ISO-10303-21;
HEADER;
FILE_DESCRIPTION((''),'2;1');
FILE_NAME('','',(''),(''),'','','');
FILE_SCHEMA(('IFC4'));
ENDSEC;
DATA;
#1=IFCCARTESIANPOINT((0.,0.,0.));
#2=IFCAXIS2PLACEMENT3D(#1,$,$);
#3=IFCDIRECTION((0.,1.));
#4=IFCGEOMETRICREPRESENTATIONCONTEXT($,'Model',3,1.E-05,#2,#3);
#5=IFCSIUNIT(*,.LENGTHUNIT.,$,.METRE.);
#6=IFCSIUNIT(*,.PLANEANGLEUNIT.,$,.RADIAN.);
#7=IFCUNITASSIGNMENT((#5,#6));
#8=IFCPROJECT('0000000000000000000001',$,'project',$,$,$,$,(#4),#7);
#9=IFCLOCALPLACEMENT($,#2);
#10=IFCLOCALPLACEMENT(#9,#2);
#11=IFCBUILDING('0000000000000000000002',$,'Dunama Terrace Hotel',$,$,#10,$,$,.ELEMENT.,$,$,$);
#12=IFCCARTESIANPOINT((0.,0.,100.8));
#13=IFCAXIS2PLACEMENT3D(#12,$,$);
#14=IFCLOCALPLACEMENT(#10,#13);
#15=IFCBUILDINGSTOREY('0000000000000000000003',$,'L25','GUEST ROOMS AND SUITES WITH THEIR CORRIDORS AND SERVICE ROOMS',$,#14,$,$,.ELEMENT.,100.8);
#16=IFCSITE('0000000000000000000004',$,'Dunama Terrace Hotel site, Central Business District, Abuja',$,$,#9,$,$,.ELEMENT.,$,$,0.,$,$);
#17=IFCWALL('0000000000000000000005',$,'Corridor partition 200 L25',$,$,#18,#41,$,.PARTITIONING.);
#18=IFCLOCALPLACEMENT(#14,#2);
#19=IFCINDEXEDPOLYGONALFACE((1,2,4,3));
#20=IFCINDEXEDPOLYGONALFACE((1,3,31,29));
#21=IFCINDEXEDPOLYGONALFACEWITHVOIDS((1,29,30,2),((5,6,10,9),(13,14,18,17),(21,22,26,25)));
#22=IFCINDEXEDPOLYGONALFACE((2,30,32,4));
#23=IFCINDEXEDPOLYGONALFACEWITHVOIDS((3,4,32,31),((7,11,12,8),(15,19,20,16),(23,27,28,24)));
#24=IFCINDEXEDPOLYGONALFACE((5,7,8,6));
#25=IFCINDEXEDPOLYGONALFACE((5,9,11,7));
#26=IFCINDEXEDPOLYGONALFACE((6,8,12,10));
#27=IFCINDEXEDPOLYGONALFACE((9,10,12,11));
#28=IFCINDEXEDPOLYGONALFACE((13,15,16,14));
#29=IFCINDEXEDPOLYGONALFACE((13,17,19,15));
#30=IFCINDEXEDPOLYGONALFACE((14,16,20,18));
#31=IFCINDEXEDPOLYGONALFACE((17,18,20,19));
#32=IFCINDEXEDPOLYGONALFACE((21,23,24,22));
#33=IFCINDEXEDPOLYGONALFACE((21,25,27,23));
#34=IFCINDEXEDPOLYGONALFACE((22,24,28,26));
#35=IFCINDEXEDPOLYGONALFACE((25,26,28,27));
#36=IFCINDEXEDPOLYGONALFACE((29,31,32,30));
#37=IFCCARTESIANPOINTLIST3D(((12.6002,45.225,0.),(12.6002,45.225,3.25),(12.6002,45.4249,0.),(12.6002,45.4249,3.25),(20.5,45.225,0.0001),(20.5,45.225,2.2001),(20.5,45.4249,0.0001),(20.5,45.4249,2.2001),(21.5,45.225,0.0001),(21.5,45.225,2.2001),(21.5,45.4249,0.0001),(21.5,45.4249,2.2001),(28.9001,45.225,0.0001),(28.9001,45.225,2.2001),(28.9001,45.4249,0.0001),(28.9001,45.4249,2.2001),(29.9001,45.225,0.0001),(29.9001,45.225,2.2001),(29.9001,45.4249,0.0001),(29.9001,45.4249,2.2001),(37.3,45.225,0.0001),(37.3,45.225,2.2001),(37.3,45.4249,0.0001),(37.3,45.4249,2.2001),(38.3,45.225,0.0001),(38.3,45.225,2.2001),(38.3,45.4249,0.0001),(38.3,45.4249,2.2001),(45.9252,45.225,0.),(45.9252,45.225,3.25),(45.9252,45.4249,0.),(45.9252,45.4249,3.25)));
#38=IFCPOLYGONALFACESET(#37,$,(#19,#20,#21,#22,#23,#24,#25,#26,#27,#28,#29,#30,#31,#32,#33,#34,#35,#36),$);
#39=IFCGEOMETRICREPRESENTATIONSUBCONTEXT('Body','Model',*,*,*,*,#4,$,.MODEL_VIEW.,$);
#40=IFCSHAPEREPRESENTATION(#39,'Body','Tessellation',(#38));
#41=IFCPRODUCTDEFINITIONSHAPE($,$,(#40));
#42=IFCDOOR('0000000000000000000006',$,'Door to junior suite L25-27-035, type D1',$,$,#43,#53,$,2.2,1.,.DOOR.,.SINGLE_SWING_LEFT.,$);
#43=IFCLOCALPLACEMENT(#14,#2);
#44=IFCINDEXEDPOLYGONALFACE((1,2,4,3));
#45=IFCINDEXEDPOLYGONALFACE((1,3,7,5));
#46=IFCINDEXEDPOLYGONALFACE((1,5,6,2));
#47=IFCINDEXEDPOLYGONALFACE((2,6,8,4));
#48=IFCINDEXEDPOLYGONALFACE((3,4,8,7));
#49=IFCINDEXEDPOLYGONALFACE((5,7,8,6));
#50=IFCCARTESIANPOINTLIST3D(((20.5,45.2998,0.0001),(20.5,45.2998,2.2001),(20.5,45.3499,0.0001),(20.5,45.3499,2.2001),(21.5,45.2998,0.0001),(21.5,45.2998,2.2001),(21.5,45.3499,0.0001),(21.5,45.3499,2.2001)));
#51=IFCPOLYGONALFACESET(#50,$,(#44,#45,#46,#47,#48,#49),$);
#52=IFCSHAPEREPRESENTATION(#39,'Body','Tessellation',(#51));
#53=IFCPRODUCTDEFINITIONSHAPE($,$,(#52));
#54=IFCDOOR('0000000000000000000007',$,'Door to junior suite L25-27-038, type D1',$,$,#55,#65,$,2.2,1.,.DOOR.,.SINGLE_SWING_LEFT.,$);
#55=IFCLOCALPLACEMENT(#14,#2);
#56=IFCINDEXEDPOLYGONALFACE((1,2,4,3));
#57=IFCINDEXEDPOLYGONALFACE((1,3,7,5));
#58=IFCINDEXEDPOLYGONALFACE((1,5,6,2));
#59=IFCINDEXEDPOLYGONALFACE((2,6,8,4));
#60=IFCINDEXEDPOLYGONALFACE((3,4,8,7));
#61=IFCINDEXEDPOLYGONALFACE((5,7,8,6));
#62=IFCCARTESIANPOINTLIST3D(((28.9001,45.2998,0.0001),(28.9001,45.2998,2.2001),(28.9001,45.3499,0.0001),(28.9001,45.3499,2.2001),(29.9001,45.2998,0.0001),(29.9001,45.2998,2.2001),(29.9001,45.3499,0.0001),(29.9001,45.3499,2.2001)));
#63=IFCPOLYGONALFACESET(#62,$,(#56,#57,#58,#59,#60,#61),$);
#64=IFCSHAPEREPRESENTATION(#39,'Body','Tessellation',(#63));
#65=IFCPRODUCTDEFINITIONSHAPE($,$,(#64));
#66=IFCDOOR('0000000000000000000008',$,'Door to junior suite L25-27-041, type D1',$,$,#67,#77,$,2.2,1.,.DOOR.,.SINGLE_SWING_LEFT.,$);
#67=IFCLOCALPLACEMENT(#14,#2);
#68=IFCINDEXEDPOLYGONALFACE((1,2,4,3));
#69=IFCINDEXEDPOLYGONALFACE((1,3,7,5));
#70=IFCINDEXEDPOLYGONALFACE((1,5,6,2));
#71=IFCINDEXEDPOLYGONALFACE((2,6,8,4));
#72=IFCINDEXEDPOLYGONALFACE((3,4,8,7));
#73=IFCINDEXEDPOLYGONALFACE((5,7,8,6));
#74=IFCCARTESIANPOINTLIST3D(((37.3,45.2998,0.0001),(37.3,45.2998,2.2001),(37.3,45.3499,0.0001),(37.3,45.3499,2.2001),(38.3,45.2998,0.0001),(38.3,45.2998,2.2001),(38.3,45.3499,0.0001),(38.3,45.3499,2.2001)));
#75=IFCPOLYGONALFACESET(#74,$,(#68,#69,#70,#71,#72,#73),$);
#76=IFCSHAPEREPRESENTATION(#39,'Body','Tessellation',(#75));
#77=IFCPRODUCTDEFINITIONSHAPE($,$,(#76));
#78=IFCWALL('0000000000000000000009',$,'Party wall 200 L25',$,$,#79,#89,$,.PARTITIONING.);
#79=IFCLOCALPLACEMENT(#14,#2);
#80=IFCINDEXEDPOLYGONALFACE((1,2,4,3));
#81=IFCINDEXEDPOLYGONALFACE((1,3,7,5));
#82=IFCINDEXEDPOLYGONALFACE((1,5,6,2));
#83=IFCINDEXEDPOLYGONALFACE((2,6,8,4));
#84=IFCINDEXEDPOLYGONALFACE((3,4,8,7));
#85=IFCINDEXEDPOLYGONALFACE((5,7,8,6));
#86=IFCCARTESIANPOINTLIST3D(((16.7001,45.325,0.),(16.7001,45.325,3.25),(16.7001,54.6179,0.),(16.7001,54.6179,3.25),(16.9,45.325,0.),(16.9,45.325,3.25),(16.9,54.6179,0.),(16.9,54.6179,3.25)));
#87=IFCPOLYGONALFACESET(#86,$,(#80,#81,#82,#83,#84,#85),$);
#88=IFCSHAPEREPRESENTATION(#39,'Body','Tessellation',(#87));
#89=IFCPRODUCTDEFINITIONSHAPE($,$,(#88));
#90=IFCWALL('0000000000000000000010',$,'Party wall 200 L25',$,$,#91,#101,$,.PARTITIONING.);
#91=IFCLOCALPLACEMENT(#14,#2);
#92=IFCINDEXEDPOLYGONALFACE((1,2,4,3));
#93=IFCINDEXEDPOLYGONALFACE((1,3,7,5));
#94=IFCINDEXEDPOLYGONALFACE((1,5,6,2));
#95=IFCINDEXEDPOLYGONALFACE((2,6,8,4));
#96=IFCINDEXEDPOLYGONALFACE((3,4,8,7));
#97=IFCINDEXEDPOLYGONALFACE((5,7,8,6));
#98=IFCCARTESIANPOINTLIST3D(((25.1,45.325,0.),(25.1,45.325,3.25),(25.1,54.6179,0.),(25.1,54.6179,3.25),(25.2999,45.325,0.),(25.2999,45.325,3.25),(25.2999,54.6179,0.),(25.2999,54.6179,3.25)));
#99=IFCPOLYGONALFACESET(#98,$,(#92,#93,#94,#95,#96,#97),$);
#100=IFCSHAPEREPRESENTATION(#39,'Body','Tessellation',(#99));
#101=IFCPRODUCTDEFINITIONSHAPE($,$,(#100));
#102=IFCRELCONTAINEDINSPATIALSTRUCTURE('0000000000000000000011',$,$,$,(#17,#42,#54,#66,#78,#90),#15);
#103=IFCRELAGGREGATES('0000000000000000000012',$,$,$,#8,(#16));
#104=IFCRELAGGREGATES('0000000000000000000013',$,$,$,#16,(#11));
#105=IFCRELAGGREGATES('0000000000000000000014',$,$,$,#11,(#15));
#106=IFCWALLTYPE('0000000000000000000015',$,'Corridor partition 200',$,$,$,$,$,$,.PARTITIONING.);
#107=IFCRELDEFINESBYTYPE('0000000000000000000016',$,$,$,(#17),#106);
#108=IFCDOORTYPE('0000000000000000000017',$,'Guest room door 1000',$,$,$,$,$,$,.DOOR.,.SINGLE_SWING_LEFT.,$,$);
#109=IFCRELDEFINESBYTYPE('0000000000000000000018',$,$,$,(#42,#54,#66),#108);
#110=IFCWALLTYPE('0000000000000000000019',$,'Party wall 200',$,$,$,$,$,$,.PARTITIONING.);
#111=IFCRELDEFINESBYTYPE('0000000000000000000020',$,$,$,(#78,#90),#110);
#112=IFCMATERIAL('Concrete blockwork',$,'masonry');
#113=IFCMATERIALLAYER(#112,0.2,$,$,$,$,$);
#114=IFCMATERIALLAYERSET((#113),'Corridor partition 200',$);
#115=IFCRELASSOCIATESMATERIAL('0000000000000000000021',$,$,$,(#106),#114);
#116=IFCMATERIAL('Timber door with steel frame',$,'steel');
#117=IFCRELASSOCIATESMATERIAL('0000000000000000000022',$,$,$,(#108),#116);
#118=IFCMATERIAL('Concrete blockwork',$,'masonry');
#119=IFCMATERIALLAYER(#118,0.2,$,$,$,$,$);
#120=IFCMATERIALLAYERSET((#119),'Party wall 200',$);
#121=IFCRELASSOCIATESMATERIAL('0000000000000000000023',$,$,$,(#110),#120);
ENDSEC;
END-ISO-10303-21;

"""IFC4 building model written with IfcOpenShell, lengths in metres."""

from ifc_helpers import new_model, si_unit, direction, frame, frame_2d, origin, place, context, subcontext, project, spatial, rectangle, extrude, material, layer, layer_set, type_object, element, fill, save


model = new_model("IFC4")

# Units and contexts
model_context = context("Model", 3, precision=1e-05, world=origin(), true_north=direction((0.0, 1.0)))
body_context = subcontext(model_context, "Body", "Model", "MODEL_VIEW")
ifc_project = project(units=[si_unit("LENGTHUNIT", "METRE"), si_unit("PLANEANGLEUNIT", "RADIAN")], contexts=[model_context])

# Site, building, storey
site_placement = place(None, origin())
site = spatial("IfcSite", under=ifc_project, at=site_placement, Name="Dunama Terrace Hotel site, Central Business District, Abuja", CompositionType="ELEMENT", RefElevation=0.0)
building_placement = place(site_placement, origin())
building = spatial("IfcBuilding", under=site, at=building_placement, Name="Dunama Terrace Hotel", CompositionType="ELEMENT")
storey_placement = place(building_placement, frame((0.0, 0.0, 100.8)))
storey = spatial("IfcBuildingStorey", under=building, at=storey_placement, Name="L25", Description="GUEST ROOMS AND SUITES WITH THEIR CORRIDORS AND SERVICE ROOMS", CompositionType="ELEMENT", Elevation=100.8)

# Wall, openings, doors
ifc_material_1 = material(Name="Concrete blockwork", Category="masonry")
ifc_layer_1 = layer(ifc_material_1, 0.2)
ifc_layer_set_1 = layer_set([ifc_layer_1], Name="Corridor partition 200")
wall_type_1 = type_object("IfcWallType", Name="Corridor partition 200", PredefinedType="PARTITIONING", material=ifc_layer_set_1)
wall_1_placement = place(storey_placement, frame((12.6001, 45.325, 0.0), z_axis=(0.0, 0.0, 1.0), x_axis=(1.0, 0.0, 0.0)))
wall_1 = element("IfcWall", 1, at=wall_1_placement, inside=storey, type_object=wall_type_1, Name="Corridor partition 200 L25", PredefinedType="PARTITIONING", context=body_context, shape_type="SweptSolid", body=[
    extrude(rectangle(XDim=33.325, YDim=0.2, at=frame_2d((16.6626, 0.0))), origin(), (0.0, 0.0, 1.0), 3.25),
])
opening_1_placement = place(wall_1_placement, frame((7.8999, 0.0, 0.0)))
opening_1 = element("IfcOpeningElement", 2, at=opening_1_placement, cuts=wall_1, PredefinedType="OPENING", context=body_context, shape_type="SweptSolid", body=[
    extrude(rectangle(XDim=1.0, YDim=2.2, at=frame_2d((0.5, 1.1001))), frame((0.0, 0.1099, 0.0), z_axis=(0.0, -1.0, 0.0), x_axis=(1.0, 0.0, 0.0)), (0.0, 0.0, 1.0), 0.22),
])
opening_2_placement = place(wall_1_placement, frame((16.3, 0.0, 0.0)))
opening_2 = element("IfcOpeningElement", 3, at=opening_2_placement, cuts=wall_1, PredefinedType="OPENING", context=body_context, shape_type="SweptSolid", body=[
    extrude(rectangle(XDim=1.0, YDim=2.2, at=frame_2d((0.5, 1.1001))), frame((0.0, 0.1099, 0.0), z_axis=(0.0, -1.0, 0.0), x_axis=(1.0, 0.0, 0.0)), (0.0, 0.0, 1.0), 0.22),
])
opening_3_placement = place(wall_1_placement, frame((24.7, 0.0, 0.0)))
opening_3 = element("IfcOpeningElement", 4, at=opening_3_placement, cuts=wall_1, PredefinedType="OPENING", context=body_context, shape_type="SweptSolid", body=[
    extrude(rectangle(XDim=1.0, YDim=2.2, at=frame_2d((0.5, 1.1001))), frame((0.0, 0.1099, 0.0), z_axis=(0.0, -1.0, 0.0), x_axis=(1.0, 0.0, 0.0)), (0.0, 0.0, 1.0), 0.22),
])
ifc_material_2 = material(Name="Timber door with steel frame", Category="steel")
door_type_1 = type_object("IfcDoorType", Name="Guest room door 1000", OperationType="SINGLE_SWING_LEFT", PredefinedType="DOOR", material=ifc_material_2)
door_1_placement = place(opening_1_placement, origin())
door_1 = element("IfcDoor", 5, at=door_1_placement, inside=storey, type_object=door_type_1, Name="Door to junior suite L25-27-035, type D1", OperationType="SINGLE_SWING_LEFT", OverallHeight=2.2, OverallWidth=1.0, PredefinedType="DOOR", context=body_context, shape_type="SweptSolid", body=[
    extrude(rectangle(XDim=1.0, YDim=2.2, at=frame_2d((0.5, 1.1001))), frame((0.0, 0.0249, 0.0), z_axis=(0.0, -1.0, 0.0), x_axis=(1.0, 0.0, 0.0)), (0.0, 0.0, 1.0), 0.05),
])
fill(opening_1, door_1)
door_2_placement = place(opening_2_placement, origin())
door_2 = element("IfcDoor", 6, at=door_2_placement, inside=storey, type_object=door_type_1, Name="Door to junior suite L25-27-038, type D1", OperationType="SINGLE_SWING_LEFT", OverallHeight=2.2, OverallWidth=1.0, PredefinedType="DOOR", context=body_context, shape_type="SweptSolid", body=[
    extrude(rectangle(XDim=1.0, YDim=2.2, at=frame_2d((0.5, 1.1001))), frame((0.0, 0.0249, 0.0), z_axis=(0.0, -1.0, 0.0), x_axis=(1.0, 0.0, 0.0)), (0.0, 0.0, 1.0), 0.05),
])
fill(opening_2, door_2)
door_3_placement = place(opening_3_placement, origin())
door_3 = element("IfcDoor", 7, at=door_3_placement, inside=storey, type_object=door_type_1, Name="Door to junior suite L25-27-041, type D1", OperationType="SINGLE_SWING_LEFT", OverallHeight=2.2, OverallWidth=1.0, PredefinedType="DOOR", context=body_context, shape_type="SweptSolid", body=[
    extrude(rectangle(XDim=1.0, YDim=2.2, at=frame_2d((0.5, 1.1001))), frame((0.0, 0.0249, 0.0), z_axis=(0.0, -1.0, 0.0), x_axis=(1.0, 0.0, 0.0)), (0.0, 0.0, 1.0), 0.05),
])
fill(opening_3, door_3)

# Walls
ifc_material_3 = material(Name="Concrete blockwork", Category="masonry")
ifc_layer_2 = layer(ifc_material_3, 0.2)
ifc_layer_set_2 = layer_set([ifc_layer_2], Name="Party wall 200")
wall_type_2 = type_object("IfcWallType", Name="Party wall 200", PredefinedType="PARTITIONING", material=ifc_layer_set_2)
for number, where, z_axis, x_axis, name in (
    (8, (16.8, 45.325, 0.0), (0.0, 0.0, 1.0), (0.0, 1.0, 0.0), "Party wall 200 L25"),
    (9, (25.2, 45.325, 0.0), (0.0, 0.0, 1.0), (0.0, 1.0, 0.0), "Party wall 200 L25"),
):
    element("IfcWall", number, at=place(storey_placement, frame(where, z_axis=z_axis, x_axis=x_axis)), inside=storey, type_object=wall_type_2, Name=name, PredefinedType="PARTITIONING", context=body_context, shape_type="SweptSolid", body=[
        extrude(rectangle(XDim=9.293, YDim=0.2, at=frame_2d((4.6465, 0.0))), origin(), (0.0, 0.0, 1.0), 3.25),
    ])

save(model, "model.ifc")
